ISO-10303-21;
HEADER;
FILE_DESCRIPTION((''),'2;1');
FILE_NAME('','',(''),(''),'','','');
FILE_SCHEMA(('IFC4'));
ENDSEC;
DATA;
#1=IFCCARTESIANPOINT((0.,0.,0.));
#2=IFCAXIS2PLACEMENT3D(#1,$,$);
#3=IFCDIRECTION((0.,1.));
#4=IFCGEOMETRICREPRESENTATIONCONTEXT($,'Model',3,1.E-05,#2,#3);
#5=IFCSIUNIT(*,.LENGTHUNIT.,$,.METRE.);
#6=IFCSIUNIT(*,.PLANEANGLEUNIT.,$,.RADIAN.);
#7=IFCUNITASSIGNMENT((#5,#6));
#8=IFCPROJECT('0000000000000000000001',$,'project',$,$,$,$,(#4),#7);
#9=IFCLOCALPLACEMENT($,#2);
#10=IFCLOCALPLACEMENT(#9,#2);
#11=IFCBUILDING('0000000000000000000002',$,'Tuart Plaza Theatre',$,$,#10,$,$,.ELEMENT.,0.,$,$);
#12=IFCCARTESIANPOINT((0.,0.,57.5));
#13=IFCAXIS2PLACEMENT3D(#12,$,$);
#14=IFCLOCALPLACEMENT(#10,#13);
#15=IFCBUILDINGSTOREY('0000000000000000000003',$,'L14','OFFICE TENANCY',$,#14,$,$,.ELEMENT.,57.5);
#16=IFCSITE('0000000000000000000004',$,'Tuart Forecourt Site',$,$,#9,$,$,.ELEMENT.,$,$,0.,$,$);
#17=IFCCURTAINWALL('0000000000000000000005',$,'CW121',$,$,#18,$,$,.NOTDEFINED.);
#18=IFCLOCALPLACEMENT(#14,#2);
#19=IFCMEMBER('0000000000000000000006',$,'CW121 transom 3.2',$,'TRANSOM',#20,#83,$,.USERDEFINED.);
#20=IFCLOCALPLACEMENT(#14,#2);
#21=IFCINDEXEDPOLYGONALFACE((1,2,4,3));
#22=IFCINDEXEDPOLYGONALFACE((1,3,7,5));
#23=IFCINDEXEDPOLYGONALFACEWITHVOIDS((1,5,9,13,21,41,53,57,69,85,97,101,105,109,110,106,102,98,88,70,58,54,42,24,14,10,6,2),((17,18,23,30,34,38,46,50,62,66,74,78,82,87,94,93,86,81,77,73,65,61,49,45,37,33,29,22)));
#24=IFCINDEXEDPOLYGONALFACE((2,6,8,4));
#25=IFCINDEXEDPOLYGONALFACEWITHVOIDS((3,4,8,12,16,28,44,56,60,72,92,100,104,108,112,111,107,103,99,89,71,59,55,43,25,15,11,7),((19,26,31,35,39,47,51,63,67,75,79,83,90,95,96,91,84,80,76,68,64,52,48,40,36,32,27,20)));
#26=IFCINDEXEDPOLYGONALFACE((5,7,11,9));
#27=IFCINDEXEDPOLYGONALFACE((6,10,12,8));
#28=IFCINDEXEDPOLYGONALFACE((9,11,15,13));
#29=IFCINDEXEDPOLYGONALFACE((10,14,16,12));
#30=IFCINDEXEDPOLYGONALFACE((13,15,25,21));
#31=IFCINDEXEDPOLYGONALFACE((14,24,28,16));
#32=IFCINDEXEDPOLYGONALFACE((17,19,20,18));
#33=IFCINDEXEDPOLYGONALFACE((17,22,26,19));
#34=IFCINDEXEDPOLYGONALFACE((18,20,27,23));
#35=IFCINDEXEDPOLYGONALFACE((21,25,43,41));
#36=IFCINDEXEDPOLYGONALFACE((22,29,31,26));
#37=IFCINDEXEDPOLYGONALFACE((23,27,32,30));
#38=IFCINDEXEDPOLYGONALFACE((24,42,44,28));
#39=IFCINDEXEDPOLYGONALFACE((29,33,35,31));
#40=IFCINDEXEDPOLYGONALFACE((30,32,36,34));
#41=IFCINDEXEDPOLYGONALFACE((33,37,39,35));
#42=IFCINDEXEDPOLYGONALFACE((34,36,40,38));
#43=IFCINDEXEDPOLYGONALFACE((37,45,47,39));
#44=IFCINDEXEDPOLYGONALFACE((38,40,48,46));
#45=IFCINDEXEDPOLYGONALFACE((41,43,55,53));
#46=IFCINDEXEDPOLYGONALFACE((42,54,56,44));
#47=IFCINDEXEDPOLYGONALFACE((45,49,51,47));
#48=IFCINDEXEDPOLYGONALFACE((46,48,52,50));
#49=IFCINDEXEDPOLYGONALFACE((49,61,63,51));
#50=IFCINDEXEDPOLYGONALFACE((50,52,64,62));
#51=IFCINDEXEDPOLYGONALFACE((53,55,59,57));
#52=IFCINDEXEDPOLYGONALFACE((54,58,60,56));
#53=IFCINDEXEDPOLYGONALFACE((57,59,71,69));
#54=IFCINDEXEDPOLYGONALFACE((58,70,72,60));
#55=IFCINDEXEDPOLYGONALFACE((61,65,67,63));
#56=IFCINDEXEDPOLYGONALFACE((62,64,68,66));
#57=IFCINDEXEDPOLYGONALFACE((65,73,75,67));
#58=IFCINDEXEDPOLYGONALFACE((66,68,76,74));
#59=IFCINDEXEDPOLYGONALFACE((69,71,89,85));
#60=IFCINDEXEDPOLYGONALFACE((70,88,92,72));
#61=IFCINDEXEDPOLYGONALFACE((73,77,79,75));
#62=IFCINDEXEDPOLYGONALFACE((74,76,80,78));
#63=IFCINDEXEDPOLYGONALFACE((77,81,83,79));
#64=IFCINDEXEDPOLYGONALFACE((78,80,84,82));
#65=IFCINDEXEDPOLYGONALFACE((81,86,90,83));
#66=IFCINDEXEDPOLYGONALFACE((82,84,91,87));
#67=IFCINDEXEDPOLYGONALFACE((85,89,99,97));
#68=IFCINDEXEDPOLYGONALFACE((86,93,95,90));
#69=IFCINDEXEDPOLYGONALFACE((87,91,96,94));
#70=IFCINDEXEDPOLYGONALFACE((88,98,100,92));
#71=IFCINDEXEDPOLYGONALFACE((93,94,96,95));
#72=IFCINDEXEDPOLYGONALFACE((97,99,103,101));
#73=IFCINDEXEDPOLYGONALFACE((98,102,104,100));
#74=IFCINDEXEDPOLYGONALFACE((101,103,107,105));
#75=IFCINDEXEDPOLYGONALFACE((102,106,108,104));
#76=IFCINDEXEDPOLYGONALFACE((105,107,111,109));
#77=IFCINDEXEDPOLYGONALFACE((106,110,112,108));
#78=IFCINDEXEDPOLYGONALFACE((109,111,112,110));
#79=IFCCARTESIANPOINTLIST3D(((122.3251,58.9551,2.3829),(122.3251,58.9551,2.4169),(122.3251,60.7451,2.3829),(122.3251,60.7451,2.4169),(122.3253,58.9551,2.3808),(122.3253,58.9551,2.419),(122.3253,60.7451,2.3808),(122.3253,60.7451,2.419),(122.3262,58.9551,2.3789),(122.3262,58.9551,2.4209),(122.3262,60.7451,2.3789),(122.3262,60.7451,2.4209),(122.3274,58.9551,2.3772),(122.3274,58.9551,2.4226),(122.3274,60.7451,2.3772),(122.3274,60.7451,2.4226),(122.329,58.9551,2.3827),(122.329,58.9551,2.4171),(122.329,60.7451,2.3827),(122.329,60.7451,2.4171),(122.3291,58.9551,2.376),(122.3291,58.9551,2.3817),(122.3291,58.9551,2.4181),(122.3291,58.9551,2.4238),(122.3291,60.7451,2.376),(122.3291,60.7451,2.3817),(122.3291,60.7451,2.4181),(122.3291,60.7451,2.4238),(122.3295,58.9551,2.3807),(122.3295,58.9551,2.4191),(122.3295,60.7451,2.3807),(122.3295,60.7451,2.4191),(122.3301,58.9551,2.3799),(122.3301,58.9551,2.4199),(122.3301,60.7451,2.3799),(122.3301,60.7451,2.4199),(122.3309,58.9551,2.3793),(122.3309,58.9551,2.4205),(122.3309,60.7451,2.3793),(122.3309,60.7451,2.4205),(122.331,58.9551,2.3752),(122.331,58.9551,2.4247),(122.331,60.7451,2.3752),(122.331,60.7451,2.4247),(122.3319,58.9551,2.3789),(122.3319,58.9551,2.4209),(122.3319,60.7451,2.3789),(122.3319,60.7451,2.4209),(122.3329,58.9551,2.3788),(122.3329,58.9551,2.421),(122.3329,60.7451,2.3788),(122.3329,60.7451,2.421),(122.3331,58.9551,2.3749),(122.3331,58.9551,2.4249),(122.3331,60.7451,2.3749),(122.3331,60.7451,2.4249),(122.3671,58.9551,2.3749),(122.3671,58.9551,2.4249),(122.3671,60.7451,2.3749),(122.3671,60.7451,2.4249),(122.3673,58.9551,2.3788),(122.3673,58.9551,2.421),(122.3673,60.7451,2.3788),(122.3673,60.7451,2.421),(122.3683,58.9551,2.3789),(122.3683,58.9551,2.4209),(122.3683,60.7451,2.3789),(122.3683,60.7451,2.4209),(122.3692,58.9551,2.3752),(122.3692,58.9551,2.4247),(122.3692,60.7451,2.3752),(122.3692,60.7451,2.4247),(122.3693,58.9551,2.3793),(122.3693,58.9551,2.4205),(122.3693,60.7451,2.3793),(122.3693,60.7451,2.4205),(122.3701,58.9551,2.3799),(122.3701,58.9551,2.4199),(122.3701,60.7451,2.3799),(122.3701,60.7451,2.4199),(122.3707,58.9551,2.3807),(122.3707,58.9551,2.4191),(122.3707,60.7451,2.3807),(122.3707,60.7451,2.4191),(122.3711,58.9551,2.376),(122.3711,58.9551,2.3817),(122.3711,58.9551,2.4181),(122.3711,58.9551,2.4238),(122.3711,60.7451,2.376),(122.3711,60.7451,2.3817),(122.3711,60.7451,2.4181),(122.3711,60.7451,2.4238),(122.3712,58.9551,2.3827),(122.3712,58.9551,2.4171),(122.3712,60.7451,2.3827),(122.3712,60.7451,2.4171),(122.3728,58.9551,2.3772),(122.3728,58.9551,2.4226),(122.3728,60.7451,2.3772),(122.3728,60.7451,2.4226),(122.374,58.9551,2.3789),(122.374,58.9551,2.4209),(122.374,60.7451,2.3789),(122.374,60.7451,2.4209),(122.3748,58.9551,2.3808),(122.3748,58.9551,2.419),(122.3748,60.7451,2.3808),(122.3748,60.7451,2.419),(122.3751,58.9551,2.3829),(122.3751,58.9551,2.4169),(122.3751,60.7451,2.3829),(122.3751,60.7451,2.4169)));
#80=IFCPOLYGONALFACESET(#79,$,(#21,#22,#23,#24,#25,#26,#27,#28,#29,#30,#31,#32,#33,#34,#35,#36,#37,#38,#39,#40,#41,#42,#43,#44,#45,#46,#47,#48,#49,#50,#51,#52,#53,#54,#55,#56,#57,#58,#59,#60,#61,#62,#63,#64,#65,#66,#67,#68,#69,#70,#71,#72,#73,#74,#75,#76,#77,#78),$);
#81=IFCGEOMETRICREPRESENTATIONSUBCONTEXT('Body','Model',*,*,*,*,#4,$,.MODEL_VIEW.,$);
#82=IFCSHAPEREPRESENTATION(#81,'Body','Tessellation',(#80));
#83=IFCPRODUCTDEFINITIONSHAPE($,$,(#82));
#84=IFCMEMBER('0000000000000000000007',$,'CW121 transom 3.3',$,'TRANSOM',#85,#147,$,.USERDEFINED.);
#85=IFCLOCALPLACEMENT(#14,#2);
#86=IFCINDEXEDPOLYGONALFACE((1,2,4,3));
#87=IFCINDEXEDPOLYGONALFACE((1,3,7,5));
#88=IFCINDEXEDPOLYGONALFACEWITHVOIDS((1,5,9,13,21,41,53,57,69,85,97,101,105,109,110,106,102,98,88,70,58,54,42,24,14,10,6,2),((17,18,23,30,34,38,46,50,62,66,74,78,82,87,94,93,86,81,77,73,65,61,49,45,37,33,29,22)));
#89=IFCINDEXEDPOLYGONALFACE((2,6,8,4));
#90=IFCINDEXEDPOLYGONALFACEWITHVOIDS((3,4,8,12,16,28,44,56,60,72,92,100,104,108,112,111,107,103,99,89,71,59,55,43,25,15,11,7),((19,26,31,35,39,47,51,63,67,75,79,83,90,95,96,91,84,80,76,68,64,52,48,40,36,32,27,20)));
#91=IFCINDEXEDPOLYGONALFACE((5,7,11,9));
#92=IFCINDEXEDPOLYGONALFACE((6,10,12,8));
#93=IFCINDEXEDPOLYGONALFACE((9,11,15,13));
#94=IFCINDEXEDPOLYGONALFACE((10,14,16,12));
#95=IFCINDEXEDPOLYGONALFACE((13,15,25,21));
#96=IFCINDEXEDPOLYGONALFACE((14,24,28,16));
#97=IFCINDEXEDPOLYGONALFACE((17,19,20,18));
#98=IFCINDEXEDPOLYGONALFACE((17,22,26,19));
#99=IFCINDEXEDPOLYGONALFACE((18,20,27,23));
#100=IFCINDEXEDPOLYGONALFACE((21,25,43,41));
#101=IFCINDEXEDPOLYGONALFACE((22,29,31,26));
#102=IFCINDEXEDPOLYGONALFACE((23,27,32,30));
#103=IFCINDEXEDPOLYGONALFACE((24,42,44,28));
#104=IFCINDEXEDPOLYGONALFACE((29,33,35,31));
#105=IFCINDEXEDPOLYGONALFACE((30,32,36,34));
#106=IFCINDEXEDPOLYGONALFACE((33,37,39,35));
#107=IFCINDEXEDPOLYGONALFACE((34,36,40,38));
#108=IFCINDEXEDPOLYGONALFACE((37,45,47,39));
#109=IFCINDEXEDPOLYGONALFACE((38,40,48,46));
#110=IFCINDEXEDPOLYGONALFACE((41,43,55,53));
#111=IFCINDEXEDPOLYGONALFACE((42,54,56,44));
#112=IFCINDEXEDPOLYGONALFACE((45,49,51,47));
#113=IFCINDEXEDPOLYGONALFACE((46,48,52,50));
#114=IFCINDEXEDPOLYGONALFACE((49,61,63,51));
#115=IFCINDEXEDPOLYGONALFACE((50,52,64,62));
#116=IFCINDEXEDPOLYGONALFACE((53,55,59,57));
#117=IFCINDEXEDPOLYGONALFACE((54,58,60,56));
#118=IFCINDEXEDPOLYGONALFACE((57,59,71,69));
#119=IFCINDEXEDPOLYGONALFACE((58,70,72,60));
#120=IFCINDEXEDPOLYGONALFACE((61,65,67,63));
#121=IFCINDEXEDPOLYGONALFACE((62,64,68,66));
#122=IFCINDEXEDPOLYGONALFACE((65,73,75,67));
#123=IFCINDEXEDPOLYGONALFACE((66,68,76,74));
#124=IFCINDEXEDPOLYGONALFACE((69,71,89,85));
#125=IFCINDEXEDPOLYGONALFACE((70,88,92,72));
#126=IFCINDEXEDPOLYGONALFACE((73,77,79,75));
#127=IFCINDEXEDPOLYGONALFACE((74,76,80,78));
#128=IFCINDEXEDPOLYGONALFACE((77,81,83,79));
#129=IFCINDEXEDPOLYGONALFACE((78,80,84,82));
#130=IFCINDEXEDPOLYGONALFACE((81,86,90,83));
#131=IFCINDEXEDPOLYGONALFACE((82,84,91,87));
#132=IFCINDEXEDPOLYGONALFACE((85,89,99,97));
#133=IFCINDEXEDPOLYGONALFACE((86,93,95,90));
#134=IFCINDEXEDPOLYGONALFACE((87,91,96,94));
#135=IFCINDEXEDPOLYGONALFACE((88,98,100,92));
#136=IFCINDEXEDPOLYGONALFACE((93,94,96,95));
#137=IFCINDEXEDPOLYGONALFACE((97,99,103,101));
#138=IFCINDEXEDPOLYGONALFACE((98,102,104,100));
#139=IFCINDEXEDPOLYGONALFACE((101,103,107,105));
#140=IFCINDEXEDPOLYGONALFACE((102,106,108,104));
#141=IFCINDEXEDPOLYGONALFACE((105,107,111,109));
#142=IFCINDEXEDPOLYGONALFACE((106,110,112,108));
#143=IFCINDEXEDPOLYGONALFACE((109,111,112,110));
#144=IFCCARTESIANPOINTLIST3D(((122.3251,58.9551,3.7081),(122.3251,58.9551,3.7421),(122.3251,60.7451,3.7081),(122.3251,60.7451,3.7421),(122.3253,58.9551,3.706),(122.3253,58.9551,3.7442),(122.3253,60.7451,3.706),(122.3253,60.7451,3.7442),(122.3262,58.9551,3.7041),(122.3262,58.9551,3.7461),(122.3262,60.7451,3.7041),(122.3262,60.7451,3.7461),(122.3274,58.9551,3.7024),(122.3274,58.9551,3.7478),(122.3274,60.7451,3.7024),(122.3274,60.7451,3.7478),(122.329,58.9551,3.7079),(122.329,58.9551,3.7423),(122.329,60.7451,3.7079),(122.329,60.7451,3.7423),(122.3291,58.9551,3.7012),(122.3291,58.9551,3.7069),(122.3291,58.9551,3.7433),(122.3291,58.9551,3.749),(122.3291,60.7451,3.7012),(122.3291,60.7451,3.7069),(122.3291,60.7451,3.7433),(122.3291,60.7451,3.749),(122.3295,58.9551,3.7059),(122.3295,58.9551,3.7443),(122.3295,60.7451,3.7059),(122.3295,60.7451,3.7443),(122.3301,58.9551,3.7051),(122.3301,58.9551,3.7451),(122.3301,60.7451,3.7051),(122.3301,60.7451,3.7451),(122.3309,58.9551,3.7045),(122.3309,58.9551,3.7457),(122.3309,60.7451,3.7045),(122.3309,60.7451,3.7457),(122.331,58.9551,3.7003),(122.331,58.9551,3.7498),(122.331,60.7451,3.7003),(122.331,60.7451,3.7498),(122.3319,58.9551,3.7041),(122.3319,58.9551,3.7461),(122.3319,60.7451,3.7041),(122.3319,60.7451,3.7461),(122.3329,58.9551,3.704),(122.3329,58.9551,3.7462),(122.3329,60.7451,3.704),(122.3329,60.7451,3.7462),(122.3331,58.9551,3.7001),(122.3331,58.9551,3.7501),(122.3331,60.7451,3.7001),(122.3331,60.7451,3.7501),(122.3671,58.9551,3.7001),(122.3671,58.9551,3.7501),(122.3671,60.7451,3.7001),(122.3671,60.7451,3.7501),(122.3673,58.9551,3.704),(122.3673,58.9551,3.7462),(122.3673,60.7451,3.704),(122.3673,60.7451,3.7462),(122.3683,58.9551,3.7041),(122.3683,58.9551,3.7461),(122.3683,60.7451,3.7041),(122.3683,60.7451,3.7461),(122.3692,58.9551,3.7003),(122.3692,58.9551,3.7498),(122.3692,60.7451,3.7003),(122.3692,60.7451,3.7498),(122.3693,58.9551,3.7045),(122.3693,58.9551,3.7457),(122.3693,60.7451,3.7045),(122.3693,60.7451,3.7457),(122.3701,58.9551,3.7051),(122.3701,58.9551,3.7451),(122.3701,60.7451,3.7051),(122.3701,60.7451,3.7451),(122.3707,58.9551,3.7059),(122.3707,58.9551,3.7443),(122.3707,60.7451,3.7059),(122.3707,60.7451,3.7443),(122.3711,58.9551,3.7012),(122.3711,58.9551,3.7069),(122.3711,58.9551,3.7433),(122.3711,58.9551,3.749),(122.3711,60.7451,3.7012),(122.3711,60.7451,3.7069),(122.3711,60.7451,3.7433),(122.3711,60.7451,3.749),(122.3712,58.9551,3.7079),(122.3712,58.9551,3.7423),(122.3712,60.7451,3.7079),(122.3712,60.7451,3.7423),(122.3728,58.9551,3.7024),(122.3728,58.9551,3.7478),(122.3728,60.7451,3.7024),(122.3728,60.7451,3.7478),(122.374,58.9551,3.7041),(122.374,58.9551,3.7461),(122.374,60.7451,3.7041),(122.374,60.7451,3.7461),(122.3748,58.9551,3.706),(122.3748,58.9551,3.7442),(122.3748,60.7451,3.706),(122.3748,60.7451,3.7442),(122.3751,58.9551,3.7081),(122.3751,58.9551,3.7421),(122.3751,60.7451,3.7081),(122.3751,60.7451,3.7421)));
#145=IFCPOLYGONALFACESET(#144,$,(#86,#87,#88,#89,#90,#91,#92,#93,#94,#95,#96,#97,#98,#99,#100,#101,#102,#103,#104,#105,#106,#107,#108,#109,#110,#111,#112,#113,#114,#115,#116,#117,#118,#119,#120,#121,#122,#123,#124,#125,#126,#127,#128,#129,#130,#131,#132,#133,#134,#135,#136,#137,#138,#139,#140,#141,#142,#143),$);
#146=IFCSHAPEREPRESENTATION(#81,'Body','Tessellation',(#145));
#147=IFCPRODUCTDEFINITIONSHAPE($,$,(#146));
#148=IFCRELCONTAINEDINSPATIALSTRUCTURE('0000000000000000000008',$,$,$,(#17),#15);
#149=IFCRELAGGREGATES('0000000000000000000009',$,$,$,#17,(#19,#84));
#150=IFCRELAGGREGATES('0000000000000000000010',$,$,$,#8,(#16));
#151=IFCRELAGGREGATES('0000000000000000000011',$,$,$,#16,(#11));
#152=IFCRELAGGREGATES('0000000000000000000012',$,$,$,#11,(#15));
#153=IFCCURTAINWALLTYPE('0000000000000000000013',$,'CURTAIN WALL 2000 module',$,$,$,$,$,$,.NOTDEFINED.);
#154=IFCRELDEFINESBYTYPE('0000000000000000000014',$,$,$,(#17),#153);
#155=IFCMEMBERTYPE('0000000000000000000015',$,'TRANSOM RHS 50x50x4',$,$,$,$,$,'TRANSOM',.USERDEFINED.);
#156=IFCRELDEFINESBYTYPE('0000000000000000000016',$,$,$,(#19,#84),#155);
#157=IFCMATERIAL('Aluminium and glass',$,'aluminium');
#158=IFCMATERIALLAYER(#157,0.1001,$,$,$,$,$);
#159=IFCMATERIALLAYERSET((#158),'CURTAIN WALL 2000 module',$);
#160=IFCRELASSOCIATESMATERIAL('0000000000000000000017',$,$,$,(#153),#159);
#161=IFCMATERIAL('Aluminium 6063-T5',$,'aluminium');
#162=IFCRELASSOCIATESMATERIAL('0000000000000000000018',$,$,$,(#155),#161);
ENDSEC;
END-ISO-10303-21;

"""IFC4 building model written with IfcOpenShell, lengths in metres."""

from ifc_helpers import new_model, si_unit, direction, frame, origin, origin_2d, place, context, subcontext, project, spatial, hollow_rectangle, extrude, material, layer, layer_set, material_profile, profile_set, type_object, element, aggregate, save


model = new_model("IFC4")

# Units and contexts
model_context = context("Model", 3, precision=1e-05, world=origin(), true_north=direction((0.0, 1.0)))
body_context = subcontext(model_context, "Body", "Model", "MODEL_VIEW")
ifc_project = project(units=[si_unit("LENGTHUNIT", "METRE"), si_unit("PLANEANGLEUNIT", "RADIAN")], contexts=[model_context])

# Site, building, storey
site_placement = place(None, origin())
site = spatial("IfcSite", under=ifc_project, at=site_placement, Name="Tuart Forecourt Site", CompositionType="ELEMENT", RefElevation=0.0)
building_placement = place(site_placement, origin())
building = spatial("IfcBuilding", under=site, at=building_placement, Name="Tuart Plaza Theatre", CompositionType="ELEMENT", ElevationOfRefHeight=0.0)
storey_placement = place(building_placement, frame((0.0, 0.0, 57.5)))
storey = spatial("IfcBuildingStorey", under=building, at=storey_placement, Name="L14", Description="OFFICE TENANCY", CompositionType="ELEMENT", Elevation=57.5)

# Curtain wall, members
ifc_material_1 = material(Name="Aluminium and glass", Category="aluminium")
ifc_layer_1 = layer(ifc_material_1, 0.1001)
ifc_layer_set_1 = layer_set([ifc_layer_1], Name="CURTAIN WALL 2000 module")
curtain_wall_type = type_object("IfcCurtainWallType", Name="CURTAIN WALL 2000 module", PredefinedType="NOTDEFINED", material=ifc_layer_set_1)
curtain_wall_placement = place(storey_placement, origin())
curtain_wall = element("IfcCurtainWall", 1, at=curtain_wall_placement, inside=storey, type_object=curtain_wall_type, Name="CW121", PredefinedType="NOTDEFINED")
ifc_material_2 = material(Name="Aluminium 6063-T5", Category="aluminium")
ifc_material_profile_1 = material_profile(ifc_material_2, hollow_rectangle(XDim=0.05, YDim=0.05, WallThickness=0.0039, InnerFilletRadius=0.0039, OuterFilletRadius=0.0081, at=origin_2d()), Name="RHS 50x50x4")
ifc_profile_set_1 = profile_set([ifc_material_profile_1], Name="Aluminium 6063-T5")
member_type_1 = type_object("IfcMemberType", Name="TRANSOM RHS 50x50x4", ElementType="TRANSOM", PredefinedType="USERDEFINED", material=ifc_profile_set_1)
member_1_placement = place(storey_placement, frame((122.3501, 60.7451, 2.3999), z_axis=(0.0, -1.0, 0.0), x_axis=(1.0, 0.0, 0.0)))
member_1 = element("IfcMember", 2, at=member_1_placement, type_object=member_type_1, Name="CW121 transom 3.2", ObjectType="TRANSOM", PredefinedType="USERDEFINED", context=body_context, shape_type="SweptSolid", body=[
    extrude(hollow_rectangle(XDim=0.05, YDim=0.05, WallThickness=0.0039, InnerFilletRadius=0.0039, OuterFilletRadius=0.0081, at=origin_2d()), origin(), (0.0, 0.0, 1.0), 1.79),
])
member_2_placement = place(storey_placement, frame((122.3501, 60.7451, 3.7251), z_axis=(0.0, -1.0, 0.0), x_axis=(1.0, 0.0, 0.0)))
member_2 = element("IfcMember", 3, at=member_2_placement, type_object=member_type_1, Name="CW121 transom 3.3", ObjectType="TRANSOM", PredefinedType="USERDEFINED", context=body_context, shape_type="SweptSolid", body=[
    extrude(hollow_rectangle(XDim=0.05, YDim=0.05, WallThickness=0.0039, InnerFilletRadius=0.0039, OuterFilletRadius=0.0081, at=origin_2d()), origin(), (0.0, 0.0, 1.0), 1.79),
])
aggregate(curtain_wall, [member_1, member_2])

save(model, "model.ifc")
